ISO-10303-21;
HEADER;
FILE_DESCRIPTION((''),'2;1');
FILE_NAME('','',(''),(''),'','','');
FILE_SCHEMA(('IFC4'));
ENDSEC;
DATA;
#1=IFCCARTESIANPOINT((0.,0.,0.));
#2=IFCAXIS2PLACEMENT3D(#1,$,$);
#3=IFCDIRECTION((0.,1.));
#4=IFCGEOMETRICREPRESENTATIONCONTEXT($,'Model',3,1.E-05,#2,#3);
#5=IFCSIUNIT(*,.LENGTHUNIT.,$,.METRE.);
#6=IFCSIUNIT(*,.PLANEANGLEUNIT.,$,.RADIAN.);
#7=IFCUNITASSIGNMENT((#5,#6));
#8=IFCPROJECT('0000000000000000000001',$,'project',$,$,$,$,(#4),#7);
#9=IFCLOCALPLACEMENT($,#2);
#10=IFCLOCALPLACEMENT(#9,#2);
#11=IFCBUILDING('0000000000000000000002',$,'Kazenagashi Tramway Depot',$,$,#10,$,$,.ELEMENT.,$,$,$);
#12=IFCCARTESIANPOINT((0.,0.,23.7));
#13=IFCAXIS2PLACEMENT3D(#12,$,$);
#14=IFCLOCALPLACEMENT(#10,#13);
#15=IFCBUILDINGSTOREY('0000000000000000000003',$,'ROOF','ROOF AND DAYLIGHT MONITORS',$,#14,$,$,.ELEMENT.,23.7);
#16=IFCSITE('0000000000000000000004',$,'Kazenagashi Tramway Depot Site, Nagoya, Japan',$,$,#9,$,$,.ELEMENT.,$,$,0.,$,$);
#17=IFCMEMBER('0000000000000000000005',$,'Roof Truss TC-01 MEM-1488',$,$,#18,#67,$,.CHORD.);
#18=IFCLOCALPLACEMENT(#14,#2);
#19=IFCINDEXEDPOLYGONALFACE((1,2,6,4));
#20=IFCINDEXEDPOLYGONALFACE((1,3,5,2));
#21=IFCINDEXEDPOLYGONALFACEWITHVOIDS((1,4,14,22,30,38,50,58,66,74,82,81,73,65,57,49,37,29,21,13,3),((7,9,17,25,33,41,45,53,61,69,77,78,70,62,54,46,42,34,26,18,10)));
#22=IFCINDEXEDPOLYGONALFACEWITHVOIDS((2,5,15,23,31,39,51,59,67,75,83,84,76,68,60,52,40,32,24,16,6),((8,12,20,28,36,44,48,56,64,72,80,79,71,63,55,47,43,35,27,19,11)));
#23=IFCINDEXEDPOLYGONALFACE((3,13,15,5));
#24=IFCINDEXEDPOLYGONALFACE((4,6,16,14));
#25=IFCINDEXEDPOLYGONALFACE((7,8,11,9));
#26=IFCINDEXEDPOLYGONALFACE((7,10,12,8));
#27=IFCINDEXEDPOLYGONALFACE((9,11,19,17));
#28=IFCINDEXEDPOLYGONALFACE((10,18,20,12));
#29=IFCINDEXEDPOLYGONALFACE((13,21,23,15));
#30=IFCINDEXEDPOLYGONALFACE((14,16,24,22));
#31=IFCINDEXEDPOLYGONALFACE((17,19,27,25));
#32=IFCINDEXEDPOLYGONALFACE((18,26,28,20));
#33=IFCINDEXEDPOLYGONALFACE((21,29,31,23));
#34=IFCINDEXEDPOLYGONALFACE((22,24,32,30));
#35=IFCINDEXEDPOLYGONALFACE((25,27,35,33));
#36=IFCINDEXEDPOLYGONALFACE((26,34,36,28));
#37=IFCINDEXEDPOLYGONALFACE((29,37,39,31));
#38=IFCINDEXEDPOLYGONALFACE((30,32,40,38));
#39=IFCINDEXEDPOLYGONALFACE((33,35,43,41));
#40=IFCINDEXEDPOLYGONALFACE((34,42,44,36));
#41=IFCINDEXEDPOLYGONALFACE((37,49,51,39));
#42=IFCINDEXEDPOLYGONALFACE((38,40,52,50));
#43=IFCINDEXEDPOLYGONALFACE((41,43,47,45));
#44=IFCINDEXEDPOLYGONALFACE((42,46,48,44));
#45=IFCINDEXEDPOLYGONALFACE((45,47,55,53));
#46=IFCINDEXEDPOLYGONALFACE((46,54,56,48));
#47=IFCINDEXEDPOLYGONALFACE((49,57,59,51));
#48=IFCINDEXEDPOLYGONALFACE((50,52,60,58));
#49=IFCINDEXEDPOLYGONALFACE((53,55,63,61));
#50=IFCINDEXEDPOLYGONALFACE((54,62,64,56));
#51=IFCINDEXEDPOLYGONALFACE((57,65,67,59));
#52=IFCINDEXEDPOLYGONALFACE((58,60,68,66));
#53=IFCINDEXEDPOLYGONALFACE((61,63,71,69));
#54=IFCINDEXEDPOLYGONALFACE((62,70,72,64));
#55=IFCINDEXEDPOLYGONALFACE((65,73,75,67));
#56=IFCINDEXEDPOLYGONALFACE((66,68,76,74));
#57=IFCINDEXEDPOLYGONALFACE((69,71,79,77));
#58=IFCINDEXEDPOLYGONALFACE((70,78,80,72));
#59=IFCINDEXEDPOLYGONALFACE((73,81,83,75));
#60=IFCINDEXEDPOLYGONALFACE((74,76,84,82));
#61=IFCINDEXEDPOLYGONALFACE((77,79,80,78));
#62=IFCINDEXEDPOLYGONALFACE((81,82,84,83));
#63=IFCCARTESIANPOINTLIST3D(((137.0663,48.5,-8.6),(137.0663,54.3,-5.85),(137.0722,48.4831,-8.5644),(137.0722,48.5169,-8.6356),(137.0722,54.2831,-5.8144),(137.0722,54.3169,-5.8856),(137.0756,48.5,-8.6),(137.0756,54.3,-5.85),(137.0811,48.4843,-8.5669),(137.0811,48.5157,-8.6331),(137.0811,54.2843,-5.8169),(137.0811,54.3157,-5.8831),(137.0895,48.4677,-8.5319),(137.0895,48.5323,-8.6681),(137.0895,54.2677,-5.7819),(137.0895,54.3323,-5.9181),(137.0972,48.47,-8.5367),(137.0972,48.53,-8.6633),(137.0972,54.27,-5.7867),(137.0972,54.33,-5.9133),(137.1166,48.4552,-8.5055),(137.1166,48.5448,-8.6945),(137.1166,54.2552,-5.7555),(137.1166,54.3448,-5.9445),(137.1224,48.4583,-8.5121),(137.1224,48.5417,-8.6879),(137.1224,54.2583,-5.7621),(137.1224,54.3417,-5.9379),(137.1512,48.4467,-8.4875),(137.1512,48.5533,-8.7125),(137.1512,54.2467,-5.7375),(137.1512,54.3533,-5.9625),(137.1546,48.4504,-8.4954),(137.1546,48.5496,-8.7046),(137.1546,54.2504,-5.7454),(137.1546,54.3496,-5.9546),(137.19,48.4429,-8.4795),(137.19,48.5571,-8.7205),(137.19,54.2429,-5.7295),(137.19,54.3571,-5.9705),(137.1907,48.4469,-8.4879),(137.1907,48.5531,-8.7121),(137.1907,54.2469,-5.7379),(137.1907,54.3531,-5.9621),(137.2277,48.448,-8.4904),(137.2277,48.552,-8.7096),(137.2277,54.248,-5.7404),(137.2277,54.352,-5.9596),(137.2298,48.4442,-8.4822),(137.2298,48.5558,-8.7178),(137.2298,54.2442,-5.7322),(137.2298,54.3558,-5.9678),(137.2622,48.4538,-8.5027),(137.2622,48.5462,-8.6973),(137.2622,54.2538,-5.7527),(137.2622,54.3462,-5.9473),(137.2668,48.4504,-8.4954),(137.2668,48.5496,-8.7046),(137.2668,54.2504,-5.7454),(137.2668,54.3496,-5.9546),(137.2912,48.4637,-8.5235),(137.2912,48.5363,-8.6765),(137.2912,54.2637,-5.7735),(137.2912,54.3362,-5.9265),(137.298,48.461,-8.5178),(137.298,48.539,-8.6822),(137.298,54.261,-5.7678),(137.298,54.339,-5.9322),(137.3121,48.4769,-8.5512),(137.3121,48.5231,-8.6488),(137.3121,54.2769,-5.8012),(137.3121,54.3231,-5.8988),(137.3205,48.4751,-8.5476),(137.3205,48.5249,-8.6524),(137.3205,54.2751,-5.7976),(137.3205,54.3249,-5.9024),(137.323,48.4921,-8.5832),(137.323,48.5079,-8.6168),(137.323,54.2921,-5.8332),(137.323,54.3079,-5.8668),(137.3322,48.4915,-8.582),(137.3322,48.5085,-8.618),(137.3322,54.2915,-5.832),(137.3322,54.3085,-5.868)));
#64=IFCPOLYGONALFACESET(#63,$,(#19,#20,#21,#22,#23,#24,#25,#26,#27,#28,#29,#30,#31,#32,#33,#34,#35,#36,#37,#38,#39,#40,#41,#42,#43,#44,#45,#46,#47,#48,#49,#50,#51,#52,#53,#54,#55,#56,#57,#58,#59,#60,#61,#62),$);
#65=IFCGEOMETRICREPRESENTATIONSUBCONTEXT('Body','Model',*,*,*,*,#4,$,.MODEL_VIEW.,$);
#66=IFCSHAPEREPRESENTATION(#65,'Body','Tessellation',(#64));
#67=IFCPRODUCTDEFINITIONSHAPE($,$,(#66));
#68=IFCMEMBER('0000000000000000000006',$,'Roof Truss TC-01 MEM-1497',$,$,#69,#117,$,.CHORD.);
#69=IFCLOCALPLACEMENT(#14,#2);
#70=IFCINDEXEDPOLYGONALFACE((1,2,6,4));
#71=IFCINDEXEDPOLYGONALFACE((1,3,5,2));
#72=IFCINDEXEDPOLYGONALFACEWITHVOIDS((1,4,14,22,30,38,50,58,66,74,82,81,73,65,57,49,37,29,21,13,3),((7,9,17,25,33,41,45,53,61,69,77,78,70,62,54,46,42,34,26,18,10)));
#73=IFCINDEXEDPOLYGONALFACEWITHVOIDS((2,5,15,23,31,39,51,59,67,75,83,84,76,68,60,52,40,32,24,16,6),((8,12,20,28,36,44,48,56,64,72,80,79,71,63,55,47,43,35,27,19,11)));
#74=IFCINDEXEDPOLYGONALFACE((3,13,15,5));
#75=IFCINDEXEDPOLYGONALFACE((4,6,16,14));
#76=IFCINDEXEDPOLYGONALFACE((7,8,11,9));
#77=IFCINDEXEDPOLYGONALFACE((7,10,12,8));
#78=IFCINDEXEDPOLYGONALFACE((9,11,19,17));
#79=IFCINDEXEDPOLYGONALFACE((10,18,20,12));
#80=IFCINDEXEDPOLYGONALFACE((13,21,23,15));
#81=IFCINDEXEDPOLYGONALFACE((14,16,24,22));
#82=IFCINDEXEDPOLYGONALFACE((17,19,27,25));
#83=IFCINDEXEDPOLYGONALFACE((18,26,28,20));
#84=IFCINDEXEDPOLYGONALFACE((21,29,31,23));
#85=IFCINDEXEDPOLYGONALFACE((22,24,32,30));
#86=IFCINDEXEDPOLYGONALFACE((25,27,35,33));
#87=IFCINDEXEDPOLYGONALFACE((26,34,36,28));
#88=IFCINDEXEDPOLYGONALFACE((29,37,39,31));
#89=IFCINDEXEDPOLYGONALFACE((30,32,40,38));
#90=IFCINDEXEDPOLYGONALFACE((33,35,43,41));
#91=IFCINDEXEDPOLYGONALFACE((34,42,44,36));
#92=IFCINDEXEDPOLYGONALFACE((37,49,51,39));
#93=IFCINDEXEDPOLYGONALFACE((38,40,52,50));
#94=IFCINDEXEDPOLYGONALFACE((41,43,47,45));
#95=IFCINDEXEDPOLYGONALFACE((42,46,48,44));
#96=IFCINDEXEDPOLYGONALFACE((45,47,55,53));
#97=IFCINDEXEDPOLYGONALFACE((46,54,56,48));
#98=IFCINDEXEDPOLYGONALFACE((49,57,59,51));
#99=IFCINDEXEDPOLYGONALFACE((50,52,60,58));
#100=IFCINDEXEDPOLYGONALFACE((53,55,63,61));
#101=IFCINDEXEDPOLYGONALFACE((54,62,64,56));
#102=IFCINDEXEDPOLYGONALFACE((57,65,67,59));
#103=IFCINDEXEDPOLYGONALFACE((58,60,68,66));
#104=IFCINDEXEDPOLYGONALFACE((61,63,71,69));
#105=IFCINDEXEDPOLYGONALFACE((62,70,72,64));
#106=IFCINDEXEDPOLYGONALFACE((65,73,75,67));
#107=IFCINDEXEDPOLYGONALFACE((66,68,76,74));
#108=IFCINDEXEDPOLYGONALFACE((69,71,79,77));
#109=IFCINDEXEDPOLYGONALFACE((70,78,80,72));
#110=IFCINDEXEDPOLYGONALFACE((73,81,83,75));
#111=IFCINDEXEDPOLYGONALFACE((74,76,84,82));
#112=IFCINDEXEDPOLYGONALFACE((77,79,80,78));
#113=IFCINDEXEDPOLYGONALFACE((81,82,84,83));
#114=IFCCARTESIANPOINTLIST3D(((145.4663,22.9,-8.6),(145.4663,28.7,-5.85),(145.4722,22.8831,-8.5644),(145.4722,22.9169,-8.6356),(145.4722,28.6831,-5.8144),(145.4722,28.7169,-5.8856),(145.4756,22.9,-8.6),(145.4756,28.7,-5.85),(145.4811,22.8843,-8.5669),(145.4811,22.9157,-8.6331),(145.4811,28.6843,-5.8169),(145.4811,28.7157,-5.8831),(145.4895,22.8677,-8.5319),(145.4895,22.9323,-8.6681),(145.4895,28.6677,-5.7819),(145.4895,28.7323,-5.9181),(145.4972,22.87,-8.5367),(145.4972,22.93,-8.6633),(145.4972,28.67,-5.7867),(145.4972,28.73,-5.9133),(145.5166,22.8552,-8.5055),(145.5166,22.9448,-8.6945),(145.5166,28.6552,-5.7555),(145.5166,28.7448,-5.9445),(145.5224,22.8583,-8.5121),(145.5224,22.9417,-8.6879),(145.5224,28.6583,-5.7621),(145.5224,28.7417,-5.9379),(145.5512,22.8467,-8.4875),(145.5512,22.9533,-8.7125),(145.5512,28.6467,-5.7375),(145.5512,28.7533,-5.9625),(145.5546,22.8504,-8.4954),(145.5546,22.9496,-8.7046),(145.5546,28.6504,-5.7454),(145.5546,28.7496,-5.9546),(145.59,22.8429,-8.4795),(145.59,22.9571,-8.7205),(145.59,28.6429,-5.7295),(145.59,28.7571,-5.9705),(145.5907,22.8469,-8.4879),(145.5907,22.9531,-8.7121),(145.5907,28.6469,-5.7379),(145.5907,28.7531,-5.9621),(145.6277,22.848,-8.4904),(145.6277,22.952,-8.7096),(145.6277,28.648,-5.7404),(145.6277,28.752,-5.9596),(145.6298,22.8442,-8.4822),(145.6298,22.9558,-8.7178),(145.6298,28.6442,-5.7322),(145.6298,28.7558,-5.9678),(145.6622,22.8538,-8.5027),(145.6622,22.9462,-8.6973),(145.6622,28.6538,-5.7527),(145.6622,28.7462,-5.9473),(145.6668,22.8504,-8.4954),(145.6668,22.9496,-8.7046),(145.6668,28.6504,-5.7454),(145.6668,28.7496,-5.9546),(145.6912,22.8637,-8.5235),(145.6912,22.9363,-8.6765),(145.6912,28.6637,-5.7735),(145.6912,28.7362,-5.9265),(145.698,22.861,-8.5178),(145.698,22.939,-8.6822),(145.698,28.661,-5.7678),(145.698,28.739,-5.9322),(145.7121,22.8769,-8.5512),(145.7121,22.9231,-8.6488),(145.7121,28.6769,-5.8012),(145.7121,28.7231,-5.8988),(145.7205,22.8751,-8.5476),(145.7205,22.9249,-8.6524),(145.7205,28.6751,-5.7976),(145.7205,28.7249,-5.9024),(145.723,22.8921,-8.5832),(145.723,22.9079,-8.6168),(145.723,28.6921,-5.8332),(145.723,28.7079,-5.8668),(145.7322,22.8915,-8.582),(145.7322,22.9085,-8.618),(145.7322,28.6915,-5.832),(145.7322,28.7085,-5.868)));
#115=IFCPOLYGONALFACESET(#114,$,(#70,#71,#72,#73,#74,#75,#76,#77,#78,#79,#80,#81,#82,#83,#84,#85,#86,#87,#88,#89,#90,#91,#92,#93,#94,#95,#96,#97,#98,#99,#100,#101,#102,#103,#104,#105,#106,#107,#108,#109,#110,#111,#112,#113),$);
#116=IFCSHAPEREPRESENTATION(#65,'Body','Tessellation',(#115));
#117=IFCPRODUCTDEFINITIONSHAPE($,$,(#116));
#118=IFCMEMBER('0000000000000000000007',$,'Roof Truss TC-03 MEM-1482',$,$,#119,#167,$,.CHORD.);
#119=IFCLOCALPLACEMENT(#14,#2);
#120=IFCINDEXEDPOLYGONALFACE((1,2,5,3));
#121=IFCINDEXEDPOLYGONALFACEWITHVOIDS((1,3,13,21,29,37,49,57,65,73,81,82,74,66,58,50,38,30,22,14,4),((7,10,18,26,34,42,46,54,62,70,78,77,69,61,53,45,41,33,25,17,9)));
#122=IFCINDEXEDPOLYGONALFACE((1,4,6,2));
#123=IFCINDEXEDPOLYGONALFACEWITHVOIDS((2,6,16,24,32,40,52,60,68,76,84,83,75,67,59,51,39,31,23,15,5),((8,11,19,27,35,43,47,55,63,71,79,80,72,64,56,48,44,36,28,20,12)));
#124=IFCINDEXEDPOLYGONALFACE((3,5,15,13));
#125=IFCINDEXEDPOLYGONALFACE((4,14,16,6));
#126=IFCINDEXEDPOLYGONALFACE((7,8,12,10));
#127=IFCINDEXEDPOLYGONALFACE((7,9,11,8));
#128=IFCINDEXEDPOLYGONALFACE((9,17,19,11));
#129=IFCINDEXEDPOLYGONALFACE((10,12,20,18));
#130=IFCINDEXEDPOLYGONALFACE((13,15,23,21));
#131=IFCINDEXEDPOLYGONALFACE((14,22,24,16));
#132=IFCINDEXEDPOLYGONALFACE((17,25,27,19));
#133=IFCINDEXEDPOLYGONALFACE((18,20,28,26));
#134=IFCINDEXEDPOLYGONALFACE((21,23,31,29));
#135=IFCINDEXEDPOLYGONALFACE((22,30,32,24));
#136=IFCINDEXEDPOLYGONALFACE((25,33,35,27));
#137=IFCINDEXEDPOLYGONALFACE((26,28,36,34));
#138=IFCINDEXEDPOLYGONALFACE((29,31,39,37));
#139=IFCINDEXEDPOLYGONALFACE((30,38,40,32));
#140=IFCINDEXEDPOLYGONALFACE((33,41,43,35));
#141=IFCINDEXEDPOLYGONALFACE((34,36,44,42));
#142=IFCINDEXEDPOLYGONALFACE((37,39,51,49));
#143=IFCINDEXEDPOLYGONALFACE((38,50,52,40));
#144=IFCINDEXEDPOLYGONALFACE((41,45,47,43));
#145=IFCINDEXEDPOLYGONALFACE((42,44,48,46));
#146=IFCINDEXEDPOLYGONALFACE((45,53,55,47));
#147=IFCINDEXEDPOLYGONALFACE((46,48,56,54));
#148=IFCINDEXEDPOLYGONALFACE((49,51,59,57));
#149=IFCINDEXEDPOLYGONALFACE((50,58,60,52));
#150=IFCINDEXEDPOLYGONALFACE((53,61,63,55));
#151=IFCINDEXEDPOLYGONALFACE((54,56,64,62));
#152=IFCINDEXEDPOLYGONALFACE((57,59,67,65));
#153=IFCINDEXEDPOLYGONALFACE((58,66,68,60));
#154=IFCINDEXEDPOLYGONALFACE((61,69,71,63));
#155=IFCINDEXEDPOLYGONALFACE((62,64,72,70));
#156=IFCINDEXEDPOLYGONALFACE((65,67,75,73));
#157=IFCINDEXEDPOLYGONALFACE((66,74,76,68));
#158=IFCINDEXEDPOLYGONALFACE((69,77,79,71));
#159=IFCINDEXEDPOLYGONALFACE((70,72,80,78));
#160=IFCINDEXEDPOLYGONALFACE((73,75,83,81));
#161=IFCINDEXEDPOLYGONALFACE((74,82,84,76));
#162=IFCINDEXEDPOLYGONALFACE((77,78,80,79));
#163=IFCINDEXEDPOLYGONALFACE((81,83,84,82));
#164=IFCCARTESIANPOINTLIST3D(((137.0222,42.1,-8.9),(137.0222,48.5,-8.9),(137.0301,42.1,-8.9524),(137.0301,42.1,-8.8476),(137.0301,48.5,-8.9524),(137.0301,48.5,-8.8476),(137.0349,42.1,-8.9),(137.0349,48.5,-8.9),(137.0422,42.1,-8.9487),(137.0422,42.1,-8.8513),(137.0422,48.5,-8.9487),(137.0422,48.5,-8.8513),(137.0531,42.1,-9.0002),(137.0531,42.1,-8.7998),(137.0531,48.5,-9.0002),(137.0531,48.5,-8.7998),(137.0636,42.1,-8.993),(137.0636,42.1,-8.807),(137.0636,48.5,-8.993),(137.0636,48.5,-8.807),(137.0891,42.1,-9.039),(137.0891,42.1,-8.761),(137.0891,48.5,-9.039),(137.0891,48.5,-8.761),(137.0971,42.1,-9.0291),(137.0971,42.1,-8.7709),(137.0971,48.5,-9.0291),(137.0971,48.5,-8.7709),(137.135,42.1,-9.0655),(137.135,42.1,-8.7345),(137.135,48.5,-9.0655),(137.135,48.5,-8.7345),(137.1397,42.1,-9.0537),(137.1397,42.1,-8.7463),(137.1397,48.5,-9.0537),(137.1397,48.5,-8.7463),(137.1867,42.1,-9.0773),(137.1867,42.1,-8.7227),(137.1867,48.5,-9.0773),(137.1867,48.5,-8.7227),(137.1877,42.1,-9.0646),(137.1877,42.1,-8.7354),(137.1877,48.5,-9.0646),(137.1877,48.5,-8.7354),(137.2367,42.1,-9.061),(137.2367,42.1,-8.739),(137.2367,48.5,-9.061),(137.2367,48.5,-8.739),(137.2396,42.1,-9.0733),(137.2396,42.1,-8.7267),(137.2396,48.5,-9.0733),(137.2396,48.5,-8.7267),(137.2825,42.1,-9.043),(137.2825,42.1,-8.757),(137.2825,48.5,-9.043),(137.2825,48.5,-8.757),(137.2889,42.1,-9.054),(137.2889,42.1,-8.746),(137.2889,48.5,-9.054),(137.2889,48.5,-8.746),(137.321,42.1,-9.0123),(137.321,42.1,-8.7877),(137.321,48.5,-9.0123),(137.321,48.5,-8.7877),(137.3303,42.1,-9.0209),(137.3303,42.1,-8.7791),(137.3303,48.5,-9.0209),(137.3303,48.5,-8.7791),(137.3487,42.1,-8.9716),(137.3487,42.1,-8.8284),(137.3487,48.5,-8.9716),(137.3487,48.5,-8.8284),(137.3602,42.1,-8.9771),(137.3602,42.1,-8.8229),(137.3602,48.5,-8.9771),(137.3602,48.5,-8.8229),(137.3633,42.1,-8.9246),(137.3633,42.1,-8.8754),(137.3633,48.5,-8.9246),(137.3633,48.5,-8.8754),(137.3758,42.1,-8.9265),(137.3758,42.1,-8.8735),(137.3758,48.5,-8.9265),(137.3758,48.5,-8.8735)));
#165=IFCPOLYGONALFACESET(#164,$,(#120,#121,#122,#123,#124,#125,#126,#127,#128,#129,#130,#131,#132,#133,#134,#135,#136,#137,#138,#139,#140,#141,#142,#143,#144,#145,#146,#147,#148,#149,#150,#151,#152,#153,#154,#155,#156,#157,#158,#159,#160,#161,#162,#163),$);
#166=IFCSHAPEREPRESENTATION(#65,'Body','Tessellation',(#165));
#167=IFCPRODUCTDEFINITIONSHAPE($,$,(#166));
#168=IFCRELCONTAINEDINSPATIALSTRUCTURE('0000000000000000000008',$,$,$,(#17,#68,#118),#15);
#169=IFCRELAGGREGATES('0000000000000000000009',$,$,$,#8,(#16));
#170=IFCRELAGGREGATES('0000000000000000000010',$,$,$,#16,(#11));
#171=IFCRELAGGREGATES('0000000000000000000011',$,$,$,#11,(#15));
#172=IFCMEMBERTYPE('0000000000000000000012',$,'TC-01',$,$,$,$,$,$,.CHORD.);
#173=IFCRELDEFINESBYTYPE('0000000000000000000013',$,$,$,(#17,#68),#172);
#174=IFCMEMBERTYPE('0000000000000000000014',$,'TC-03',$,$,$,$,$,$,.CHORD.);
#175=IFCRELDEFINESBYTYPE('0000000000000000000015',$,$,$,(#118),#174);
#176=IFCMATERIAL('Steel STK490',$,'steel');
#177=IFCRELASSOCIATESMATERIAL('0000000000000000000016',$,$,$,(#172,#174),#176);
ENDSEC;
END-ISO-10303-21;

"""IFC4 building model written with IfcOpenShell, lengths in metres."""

from ifc_helpers import new_model, si_unit, direction, frame, origin, origin_2d, place, context, subcontext, project, spatial, hollow_circle, extrude, material, material_profile, profile_set, type_object, element, save


model = new_model("IFC4")

# Units and contexts
model_context = context("Model", 3, precision=1e-05, world=origin(), true_north=direction((0.0, 1.0)))
body_context = subcontext(model_context, "Body", "Model", "MODEL_VIEW")
ifc_project = project(units=[si_unit("LENGTHUNIT", "METRE"), si_unit("PLANEANGLEUNIT", "RADIAN")], contexts=[model_context])

# Site, building, storey
site_placement = place(None, origin())
site = spatial("IfcSite", under=ifc_project, at=site_placement, Name="Kazenagashi Tramway Depot Site, Nagoya, Japan", CompositionType="ELEMENT", RefElevation=0.0)
building_placement = place(site_placement, origin())
building = spatial("IfcBuilding", under=site, at=building_placement, Name="Kazenagashi Tramway Depot", CompositionType="ELEMENT")
storey_placement = place(building_placement, frame((0.0, 0.0, 23.7)))
storey = spatial("IfcBuildingStorey", under=building, at=storey_placement, Name="ROOF", Description="ROOF AND DAYLIGHT MONITORS", CompositionType="ELEMENT", Elevation=23.7)

# Members
ifc_material_1 = material(Name="Steel STK490", Category="steel")
ifc_material_profile_1 = material_profile(ifc_material_1, hollow_circle(Radius=0.1337, WallThickness=0.0093, at=origin_2d()), Name="CHS-267.4x9.3")
ifc_profile_set_1 = profile_set([ifc_material_profile_1], Name="Steel STK490")
member_type_1 = type_object("IfcMemberType", Name="TC-01", PredefinedType="CHORD", material=ifc_profile_set_1)
for number, where, z_axis, x_axis, name in (
    (1, (137.2, 48.5, -8.6), (0.0, 0.903579, 0.428421), (-1.0, 0.0, 0.0), "Roof Truss TC-01 MEM-1488"),
    (2, (145.6, 22.9, -8.6), (0.0, 0.903579, 0.428421), (-1.0, 0.0, 0.0), "Roof Truss TC-01 MEM-1497"),
):
    element("IfcMember", number, at=place(storey_placement, frame(where, z_axis=z_axis, x_axis=x_axis)), inside=storey, type_object=member_type_1, Name=name, PredefinedType="CHORD", context=body_context, shape_type="SweptSolid", body=[
        extrude(hollow_circle(Radius=0.1337, WallThickness=0.0093, at=origin_2d()), origin(), (0.0, 0.0, 1.0), 6.4189),
    ])
ifc_material_profile_2 = material_profile(ifc_material_1, hollow_circle(Radius=0.1778, WallThickness=0.0127, at=origin_2d()), Name="CHS-355.6x12.7")
ifc_profile_set_2 = profile_set([ifc_material_profile_2], Name="Steel STK490")
member_type_2 = type_object("IfcMemberType", Name="TC-03", PredefinedType="CHORD", material=ifc_profile_set_2)
for number, where, z_axis, x_axis, name in (
    (3, (137.2, 42.1, -8.9), (0.0, 1.0, 0.0), (-1.0, 0.0, 0.0), "Roof Truss TC-03 MEM-1482"),
):
    element("IfcMember", number, at=place(storey_placement, frame(where, z_axis=z_axis, x_axis=x_axis)), inside=storey, type_object=member_type_2, Name=name, PredefinedType="CHORD", context=body_context, shape_type="SweptSolid", body=[
        extrude(hollow_circle(Radius=0.1778, WallThickness=0.0127, at=origin_2d()), origin(), (0.0, 0.0, 1.0), 6.4),
    ])

save(model, "model.ifc")
